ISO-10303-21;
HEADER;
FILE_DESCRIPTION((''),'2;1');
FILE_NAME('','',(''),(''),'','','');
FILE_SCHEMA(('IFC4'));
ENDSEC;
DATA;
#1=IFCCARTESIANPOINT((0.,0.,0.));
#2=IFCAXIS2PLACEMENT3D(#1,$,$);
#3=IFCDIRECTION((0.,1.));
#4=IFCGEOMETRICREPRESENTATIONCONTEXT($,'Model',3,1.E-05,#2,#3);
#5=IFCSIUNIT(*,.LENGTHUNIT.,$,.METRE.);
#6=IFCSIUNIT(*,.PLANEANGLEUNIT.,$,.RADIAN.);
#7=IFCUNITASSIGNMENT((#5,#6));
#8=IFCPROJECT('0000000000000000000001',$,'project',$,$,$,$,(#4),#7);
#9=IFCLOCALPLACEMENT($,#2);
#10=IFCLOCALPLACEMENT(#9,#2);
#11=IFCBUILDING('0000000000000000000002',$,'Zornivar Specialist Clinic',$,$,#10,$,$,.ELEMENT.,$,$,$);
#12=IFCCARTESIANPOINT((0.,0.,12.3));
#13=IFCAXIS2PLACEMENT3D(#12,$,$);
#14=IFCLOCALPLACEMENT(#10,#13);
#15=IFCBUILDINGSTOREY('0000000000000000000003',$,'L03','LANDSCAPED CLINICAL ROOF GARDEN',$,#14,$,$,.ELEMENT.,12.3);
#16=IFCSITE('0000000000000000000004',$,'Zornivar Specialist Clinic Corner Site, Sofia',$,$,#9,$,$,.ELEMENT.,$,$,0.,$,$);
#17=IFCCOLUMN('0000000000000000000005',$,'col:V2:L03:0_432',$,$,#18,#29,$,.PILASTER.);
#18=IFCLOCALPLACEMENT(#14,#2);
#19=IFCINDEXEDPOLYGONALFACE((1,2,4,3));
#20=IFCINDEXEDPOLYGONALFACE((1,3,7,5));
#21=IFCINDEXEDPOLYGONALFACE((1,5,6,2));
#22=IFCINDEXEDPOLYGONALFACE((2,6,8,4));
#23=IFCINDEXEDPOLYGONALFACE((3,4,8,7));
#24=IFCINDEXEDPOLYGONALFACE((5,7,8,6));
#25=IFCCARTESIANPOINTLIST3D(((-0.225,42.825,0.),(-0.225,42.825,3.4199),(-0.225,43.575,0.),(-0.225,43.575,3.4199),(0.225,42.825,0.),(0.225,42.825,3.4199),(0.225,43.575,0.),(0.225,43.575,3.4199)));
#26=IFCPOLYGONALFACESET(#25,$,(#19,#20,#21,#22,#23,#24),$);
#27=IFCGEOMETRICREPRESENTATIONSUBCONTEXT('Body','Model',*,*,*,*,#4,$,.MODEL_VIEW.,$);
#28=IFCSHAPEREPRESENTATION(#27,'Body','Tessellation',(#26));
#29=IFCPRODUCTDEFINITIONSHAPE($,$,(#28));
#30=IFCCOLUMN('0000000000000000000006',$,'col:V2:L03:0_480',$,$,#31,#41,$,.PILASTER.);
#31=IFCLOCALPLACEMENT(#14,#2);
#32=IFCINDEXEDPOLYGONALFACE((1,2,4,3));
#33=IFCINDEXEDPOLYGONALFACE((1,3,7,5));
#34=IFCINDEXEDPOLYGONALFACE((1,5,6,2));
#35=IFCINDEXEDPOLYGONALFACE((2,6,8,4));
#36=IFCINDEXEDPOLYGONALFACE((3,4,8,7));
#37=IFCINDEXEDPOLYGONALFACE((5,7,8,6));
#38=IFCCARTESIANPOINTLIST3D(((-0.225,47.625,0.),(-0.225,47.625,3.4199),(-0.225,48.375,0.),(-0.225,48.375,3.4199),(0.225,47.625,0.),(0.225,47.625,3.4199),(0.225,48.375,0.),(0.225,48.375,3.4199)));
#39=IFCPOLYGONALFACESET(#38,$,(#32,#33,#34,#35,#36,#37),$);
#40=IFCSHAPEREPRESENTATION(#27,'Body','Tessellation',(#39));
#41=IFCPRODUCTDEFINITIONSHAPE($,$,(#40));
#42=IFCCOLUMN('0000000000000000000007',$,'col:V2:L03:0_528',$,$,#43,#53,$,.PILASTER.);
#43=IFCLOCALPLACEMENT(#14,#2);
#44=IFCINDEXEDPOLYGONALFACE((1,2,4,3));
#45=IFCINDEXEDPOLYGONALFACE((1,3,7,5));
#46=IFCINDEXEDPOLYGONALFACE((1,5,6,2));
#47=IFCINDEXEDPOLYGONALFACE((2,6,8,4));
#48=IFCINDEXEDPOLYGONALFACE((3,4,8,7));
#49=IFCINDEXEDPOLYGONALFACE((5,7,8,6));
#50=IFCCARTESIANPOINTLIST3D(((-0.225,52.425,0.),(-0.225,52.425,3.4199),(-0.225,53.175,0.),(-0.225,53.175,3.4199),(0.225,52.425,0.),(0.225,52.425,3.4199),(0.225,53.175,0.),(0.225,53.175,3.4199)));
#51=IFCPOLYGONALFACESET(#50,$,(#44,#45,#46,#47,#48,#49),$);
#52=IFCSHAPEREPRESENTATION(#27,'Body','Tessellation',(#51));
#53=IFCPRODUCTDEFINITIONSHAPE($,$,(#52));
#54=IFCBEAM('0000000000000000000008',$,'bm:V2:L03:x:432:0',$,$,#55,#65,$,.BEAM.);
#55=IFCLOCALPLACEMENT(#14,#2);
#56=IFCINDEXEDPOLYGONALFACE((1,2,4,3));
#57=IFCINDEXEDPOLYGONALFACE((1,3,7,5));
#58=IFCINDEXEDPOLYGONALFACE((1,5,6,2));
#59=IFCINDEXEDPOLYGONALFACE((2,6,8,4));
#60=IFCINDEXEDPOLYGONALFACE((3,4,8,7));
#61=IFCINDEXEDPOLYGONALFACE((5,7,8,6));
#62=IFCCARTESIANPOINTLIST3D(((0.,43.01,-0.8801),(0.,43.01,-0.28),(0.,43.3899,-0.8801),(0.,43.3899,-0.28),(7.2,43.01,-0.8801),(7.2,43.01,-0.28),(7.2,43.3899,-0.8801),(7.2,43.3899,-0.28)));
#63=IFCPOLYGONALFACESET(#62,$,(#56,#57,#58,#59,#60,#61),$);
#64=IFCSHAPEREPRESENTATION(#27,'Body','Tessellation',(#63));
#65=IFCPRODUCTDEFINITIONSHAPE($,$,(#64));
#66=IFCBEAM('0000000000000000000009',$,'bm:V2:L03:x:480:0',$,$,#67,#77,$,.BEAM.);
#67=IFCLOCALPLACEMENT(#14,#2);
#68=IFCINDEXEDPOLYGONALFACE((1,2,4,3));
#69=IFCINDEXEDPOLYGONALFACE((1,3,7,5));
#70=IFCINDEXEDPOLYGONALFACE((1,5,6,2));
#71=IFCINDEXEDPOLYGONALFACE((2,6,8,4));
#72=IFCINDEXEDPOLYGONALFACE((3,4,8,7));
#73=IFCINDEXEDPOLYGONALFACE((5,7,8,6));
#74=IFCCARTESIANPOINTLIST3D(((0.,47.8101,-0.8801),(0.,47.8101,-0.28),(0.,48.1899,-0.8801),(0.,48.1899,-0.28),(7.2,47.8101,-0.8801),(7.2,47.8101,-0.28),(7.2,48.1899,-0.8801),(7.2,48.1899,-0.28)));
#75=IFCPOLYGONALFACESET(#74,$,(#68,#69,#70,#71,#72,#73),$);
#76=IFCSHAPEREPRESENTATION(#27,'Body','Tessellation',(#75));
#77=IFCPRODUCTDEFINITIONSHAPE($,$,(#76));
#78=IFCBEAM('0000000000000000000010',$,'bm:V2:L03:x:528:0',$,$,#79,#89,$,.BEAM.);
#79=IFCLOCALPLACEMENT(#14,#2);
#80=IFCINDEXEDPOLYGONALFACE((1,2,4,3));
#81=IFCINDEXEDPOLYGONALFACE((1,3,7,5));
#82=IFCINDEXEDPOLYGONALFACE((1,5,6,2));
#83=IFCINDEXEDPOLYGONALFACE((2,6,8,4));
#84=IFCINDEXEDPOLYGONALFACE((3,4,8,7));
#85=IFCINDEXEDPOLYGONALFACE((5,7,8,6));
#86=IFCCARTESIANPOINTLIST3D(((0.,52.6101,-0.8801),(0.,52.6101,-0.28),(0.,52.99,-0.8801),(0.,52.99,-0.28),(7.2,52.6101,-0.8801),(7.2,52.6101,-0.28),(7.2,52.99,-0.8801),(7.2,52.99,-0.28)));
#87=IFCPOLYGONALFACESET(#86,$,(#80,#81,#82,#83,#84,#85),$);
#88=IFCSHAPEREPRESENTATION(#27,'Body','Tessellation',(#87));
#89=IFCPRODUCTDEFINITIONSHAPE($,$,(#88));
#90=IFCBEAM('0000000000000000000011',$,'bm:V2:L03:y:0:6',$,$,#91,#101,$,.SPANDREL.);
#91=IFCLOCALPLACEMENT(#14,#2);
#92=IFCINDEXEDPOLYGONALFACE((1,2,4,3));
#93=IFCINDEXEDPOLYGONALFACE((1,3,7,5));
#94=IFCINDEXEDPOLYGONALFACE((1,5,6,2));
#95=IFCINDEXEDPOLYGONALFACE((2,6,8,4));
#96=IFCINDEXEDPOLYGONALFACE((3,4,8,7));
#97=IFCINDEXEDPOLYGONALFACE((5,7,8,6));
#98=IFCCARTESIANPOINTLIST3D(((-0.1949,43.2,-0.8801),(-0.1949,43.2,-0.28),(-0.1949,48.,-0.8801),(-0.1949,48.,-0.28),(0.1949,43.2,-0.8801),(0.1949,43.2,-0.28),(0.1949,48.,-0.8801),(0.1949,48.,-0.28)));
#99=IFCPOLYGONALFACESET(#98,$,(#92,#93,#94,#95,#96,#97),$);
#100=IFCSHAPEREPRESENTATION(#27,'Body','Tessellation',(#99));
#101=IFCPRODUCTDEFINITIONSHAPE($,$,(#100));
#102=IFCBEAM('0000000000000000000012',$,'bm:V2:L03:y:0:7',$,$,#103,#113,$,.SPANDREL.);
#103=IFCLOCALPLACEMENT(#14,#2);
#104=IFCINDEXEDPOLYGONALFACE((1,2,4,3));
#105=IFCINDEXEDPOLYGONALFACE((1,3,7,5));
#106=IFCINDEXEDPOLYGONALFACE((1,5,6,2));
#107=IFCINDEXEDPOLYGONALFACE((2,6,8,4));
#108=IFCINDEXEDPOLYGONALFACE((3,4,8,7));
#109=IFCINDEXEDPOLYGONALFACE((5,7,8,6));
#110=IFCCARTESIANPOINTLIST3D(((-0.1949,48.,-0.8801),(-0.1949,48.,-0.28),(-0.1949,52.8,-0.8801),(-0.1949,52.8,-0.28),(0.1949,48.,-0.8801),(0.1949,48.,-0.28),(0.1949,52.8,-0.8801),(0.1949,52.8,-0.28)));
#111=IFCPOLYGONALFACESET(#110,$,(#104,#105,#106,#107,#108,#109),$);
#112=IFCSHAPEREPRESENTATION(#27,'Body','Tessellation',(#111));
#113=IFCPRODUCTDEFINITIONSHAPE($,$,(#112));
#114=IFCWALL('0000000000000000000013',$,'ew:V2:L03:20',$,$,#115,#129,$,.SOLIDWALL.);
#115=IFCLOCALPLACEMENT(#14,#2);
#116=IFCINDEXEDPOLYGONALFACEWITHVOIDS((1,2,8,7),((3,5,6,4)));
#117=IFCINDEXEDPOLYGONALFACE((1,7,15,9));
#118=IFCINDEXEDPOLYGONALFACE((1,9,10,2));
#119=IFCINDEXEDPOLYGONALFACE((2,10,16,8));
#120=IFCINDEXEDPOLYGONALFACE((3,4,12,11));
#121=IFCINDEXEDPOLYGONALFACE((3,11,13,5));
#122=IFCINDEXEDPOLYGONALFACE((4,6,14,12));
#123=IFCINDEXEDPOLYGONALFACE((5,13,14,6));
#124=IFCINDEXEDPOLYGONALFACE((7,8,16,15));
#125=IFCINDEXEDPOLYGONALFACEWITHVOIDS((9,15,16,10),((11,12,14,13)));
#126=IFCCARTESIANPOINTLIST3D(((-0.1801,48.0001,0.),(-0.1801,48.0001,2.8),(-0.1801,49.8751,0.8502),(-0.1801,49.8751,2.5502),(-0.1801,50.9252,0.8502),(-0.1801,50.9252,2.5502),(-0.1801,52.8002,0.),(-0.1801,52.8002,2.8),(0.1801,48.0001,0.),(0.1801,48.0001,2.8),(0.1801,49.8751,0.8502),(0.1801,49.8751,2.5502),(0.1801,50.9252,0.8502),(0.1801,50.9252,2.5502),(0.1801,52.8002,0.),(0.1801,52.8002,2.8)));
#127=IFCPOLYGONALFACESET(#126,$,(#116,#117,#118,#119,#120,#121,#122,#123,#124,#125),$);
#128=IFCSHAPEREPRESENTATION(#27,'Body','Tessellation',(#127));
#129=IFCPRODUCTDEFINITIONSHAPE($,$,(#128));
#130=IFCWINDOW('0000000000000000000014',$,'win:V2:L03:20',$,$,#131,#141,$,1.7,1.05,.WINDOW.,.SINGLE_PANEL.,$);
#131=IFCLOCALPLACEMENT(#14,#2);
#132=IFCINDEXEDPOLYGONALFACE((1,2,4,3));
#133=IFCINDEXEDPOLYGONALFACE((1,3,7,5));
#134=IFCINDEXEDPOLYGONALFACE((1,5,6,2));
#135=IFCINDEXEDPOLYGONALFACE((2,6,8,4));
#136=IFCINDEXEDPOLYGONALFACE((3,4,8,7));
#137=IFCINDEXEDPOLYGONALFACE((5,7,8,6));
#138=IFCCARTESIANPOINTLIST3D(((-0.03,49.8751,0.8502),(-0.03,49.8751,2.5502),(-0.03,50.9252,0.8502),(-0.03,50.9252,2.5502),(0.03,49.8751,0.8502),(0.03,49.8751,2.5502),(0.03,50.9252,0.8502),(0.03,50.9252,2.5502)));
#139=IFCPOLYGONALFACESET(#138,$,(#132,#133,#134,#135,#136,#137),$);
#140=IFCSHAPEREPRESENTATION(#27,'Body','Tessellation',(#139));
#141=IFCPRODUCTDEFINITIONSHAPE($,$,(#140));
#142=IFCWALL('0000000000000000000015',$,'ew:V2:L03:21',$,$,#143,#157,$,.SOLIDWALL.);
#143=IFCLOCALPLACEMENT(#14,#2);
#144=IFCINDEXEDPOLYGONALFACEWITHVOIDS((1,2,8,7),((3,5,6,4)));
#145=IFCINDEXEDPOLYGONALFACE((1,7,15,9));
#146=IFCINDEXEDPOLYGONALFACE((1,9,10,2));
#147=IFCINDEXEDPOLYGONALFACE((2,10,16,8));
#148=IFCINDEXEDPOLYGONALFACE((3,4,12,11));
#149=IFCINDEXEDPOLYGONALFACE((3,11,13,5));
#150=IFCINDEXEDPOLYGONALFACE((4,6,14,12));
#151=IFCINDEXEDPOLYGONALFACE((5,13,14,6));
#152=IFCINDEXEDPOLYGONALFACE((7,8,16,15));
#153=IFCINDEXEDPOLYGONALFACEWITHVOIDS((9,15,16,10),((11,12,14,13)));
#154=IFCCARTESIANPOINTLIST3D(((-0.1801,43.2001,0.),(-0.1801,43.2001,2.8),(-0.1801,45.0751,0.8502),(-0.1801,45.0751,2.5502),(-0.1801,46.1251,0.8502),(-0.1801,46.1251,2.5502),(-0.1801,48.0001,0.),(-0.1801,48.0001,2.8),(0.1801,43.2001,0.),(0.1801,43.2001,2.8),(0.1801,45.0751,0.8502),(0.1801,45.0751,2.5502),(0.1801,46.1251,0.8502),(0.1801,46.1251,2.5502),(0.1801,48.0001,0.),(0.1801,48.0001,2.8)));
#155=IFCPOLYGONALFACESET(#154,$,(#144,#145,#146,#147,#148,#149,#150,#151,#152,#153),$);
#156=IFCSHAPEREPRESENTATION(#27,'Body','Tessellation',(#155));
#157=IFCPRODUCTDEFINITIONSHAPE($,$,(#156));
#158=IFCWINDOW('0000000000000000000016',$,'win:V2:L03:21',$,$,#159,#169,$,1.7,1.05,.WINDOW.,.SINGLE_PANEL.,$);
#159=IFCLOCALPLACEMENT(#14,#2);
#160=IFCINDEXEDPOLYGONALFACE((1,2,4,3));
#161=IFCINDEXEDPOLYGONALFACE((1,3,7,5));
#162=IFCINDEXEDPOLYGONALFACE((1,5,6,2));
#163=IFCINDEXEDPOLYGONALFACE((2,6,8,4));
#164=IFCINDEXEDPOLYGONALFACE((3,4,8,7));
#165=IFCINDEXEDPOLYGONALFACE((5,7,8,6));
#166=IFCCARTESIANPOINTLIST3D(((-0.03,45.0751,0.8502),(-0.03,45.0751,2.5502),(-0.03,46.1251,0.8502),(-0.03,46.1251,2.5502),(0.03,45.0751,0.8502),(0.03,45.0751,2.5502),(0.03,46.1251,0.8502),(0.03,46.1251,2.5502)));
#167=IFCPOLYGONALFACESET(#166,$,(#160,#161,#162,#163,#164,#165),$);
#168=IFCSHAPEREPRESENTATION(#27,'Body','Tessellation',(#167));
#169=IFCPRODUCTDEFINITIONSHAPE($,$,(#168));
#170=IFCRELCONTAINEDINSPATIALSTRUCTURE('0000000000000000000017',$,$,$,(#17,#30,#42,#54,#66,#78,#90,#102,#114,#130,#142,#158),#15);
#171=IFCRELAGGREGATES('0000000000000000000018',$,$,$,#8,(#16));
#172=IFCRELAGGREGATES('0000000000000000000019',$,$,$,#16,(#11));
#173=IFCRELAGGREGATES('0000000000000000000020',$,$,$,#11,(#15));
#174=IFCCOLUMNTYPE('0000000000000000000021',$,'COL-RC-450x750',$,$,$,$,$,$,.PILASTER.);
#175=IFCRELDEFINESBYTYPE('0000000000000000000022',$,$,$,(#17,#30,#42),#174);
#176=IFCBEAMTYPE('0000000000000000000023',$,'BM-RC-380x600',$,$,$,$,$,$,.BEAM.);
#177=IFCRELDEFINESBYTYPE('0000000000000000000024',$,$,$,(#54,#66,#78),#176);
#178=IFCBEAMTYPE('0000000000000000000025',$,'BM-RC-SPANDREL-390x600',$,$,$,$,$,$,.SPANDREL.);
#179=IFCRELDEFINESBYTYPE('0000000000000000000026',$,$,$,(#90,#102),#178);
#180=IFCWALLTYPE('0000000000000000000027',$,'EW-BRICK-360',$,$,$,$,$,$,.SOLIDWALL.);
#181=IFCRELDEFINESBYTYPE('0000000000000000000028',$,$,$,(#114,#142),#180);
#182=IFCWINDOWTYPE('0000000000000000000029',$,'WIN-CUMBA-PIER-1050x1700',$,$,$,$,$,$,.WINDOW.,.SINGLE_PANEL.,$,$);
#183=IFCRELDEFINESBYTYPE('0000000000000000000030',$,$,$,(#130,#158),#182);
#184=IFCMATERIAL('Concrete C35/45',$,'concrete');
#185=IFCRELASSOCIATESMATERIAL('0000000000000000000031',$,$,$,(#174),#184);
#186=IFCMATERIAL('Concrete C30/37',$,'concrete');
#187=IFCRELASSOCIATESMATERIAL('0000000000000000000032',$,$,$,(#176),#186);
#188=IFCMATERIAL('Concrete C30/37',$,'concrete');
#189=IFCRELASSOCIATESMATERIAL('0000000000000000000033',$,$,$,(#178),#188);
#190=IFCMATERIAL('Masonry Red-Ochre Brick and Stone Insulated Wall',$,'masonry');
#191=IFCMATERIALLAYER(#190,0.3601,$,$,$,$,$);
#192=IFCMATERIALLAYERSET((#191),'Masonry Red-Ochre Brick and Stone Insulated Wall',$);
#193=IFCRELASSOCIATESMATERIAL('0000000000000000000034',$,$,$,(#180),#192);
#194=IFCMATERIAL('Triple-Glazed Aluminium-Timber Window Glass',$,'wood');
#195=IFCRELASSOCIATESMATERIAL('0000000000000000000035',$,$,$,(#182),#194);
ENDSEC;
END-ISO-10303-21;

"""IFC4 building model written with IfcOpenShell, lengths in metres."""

from ifc_helpers import new_model, si_unit, direction, frame, frame_2d, origin, origin_2d, place, context, subcontext, project, spatial, rectangle, extrude, material, layer, layer_set, material_profile, profile_set, type_object, element, fill, save


model = new_model("IFC4")

# Units and contexts
model_context = context("Model", 3, precision=1e-05, world=origin(), true_north=direction((0.0, 1.0)))
body_context = subcontext(model_context, "Body", "Model", "MODEL_VIEW")
ifc_project = project(units=[si_unit("LENGTHUNIT", "METRE"), si_unit("PLANEANGLEUNIT", "RADIAN")], contexts=[model_context])

# Site, building, storey
site_placement = place(None, origin())
site = spatial("IfcSite", under=ifc_project, at=site_placement, Name="Zornivar Specialist Clinic Corner Site, Sofia", CompositionType="ELEMENT", RefElevation=0.0)
building_placement = place(site_placement, origin())
building = spatial("IfcBuilding", under=site, at=building_placement, Name="Zornivar Specialist Clinic", CompositionType="ELEMENT")
storey_placement = place(building_placement, frame((0.0, 0.0, 12.3)))
storey = spatial("IfcBuildingStorey", under=building, at=storey_placement, Name="L03", Description="LANDSCAPED CLINICAL ROOF GARDEN", CompositionType="ELEMENT", Elevation=12.3)

# Columns
ifc_material_1 = material(Name="Concrete C35/45", Category="concrete")
ifc_material_profile_1 = material_profile(ifc_material_1, rectangle(XDim=0.45, YDim=0.75, at=origin_2d()), Name="RC 450x750")
ifc_profile_set_1 = profile_set([ifc_material_profile_1], Name="Concrete C35/45")
column_type = type_object("IfcColumnType", Name="COL-RC-450x750", PredefinedType="PILASTER", material=ifc_profile_set_1)
for number, where, z_axis, x_axis, name in (
    (1, (0.0, 43.2, 0.0), (0.0, 0.0, 1.0), (1.0, 0.0, 0.0), "col:V2:L03:0_432"),
    (2, (0.0, 48.0, 0.0), (0.0, 0.0, 1.0), (1.0, 0.0, 0.0), "col:V2:L03:0_480"),
    (3, (0.0, 52.8, 0.0), (0.0, 0.0, 1.0), (1.0, 0.0, 0.0), "col:V2:L03:0_528"),
):
    element("IfcColumn", number, at=place(storey_placement, frame(where, z_axis=z_axis, x_axis=x_axis)), inside=storey, type_object=column_type, Name=name, PredefinedType="PILASTER", context=body_context, shape_type="SweptSolid", body=[
        extrude(rectangle(XDim=0.45, YDim=0.75, at=origin_2d()), origin(), (0.0, 0.0, 1.0), 3.4199),
    ])

# Beams
ifc_material_2 = material(Name="Concrete C30/37", Category="concrete")
ifc_material_profile_2 = material_profile(ifc_material_2, rectangle(XDim=0.3799, YDim=0.6001, at=origin_2d()), Name="RC 380x600")
ifc_profile_set_2 = profile_set([ifc_material_profile_2], Name="Concrete C30/37")
beam_type_1 = type_object("IfcBeamType", Name="BM-RC-380x600", PredefinedType="BEAM", material=ifc_profile_set_2)
for number, where, z_axis, x_axis, name in (
    (4, (0.0, 43.2, -0.5801), (1.0, 0.0, 0.0), (0.0, 1.0, 0.0), "bm:V2:L03:x:432:0"),
    (5, (0.0, 48.0, -0.5801), (1.0, 0.0, 0.0), (0.0, 1.0, 0.0), "bm:V2:L03:x:480:0"),
    (6, (0.0, 52.8, -0.5801), (1.0, 0.0, 0.0), (0.0, 1.0, 0.0), "bm:V2:L03:x:528:0"),
):
    element("IfcBeam", number, at=place(storey_placement, frame(where, z_axis=z_axis, x_axis=x_axis)), inside=storey, type_object=beam_type_1, Name=name, PredefinedType="BEAM", context=body_context, shape_type="SweptSolid", body=[
        extrude(rectangle(XDim=0.3799, YDim=0.6001, at=origin_2d()), origin(), (0.0, 0.0, 1.0), 7.2),
    ])
ifc_material_3 = material(Name="Concrete C30/37", Category="concrete")
ifc_material_profile_3 = material_profile(ifc_material_3, rectangle(XDim=0.3899, YDim=0.6001, at=origin_2d()), Name="RC 390x600")
ifc_profile_set_3 = profile_set([ifc_material_profile_3], Name="Concrete C30/37")
beam_type_2 = type_object("IfcBeamType", Name="BM-RC-SPANDREL-390x600", PredefinedType="SPANDREL", material=ifc_profile_set_3)
for number, where, z_axis, x_axis, name in (
    (7, (0.0, 43.2, -0.5801), (0.0, 1.0, 0.0), (-1.0, 0.0, 0.0), "bm:V2:L03:y:0:6"),
    (8, (0.0, 48.0, -0.5801), (0.0, 1.0, 0.0), (-1.0, 0.0, 0.0), "bm:V2:L03:y:0:7"),
):
    element("IfcBeam", number, at=place(storey_placement, frame(where, z_axis=z_axis, x_axis=x_axis)), inside=storey, type_object=beam_type_2, Name=name, PredefinedType="SPANDREL", context=body_context, shape_type="SweptSolid", body=[
        extrude(rectangle(XDim=0.3899, YDim=0.6001, at=origin_2d()), origin(), (0.0, 0.0, 1.0), 4.8),
    ])

# Walls, openings, windows
ifc_material_4 = material(Name="Masonry Red-Ochre Brick and Stone Insulated Wall", Category="masonry")
ifc_layer_1 = layer(ifc_material_4, 0.3601)
ifc_layer_set_1 = layer_set([ifc_layer_1], Name="Masonry Red-Ochre Brick and Stone Insulated Wall")
wall_type_1 = type_object("IfcWallType", Name="EW-BRICK-360", PredefinedType="SOLIDWALL", material=ifc_layer_set_1)
wall_1_placement = place(storey_placement, frame((0.0, 52.8, 0.0), z_axis=(0.0, 0.0, 1.0), x_axis=(0.0, -1.0, 0.0)))
wall_1 = element("IfcWall", 9, at=wall_1_placement, inside=storey, type_object=wall_type_1, Name="ew:V2:L03:20", PredefinedType="SOLIDWALL", context=body_context, shape_type="SweptSolid", body=[
    extrude(rectangle(XDim=4.8, YDim=0.3601, at=frame_2d((2.3999, 0.0))), origin(), (0.0, 0.0, 1.0), 2.8),
])
opening_1_placement = place(wall_1_placement, frame((1.875, 0.0, 0.8501)))
opening_1 = element("IfcOpeningElement", 10, at=opening_1_placement, cuts=wall_1, PredefinedType="OPENING", context=body_context, shape_type="SweptSolid", body=[
    extrude(rectangle(XDim=1.05, YDim=1.7, at=frame_2d((0.5249, 0.8501))), frame((0.0, 0.1899, 0.0), z_axis=(0.0, -1.0, 0.0), x_axis=(1.0, 0.0, 0.0)), (0.0, 0.0, 1.0), 0.3801),
])
ifc_material_5 = material(Name="Triple-Glazed Aluminium-Timber Window Glass", Category="wood")
window_type_1 = type_object("IfcWindowType", Name="WIN-CUMBA-PIER-1050x1700", PartitioningType="SINGLE_PANEL", PredefinedType="WINDOW", material=ifc_material_5)
window_1_placement = place(opening_1_placement, origin())
window_1 = element("IfcWindow", 11, at=window_1_placement, inside=storey, type_object=window_type_1, Name="win:V2:L03:20", OverallHeight=1.7, OverallWidth=1.05, PartitioningType="SINGLE_PANEL", PredefinedType="WINDOW", context=body_context, shape_type="SweptSolid", body=[
    extrude(rectangle(XDim=1.05, YDim=1.7, at=frame_2d((0.5249, 0.8501))), frame((0.0, 0.03, 0.0), z_axis=(0.0, -1.0, 0.0), x_axis=(1.0, 0.0, 0.0)), (0.0, 0.0, 1.0), 0.0601),
])
fill(opening_1, window_1)
wall_2_placement = place(storey_placement, frame((0.0, 48.0, 0.0), z_axis=(0.0, 0.0, 1.0), x_axis=(0.0, -1.0, 0.0)))
wall_2 = element("IfcWall", 12, at=wall_2_placement, inside=storey, type_object=wall_type_1, Name="ew:V2:L03:21", PredefinedType="SOLIDWALL", context=body_context, shape_type="SweptSolid", body=[
    extrude(rectangle(XDim=4.8, YDim=0.3601, at=frame_2d((2.3999, 0.0))), origin(), (0.0, 0.0, 1.0), 2.8),
])
opening_2_placement = place(wall_2_placement, frame((1.875, 0.0, 0.8501)))
opening_2 = element("IfcOpeningElement", 13, at=opening_2_placement, cuts=wall_2, PredefinedType="OPENING", context=body_context, shape_type="SweptSolid", body=[
    extrude(rectangle(XDim=1.05, YDim=1.7, at=frame_2d((0.5249, 0.8501))), frame((0.0, 0.1899, 0.0), z_axis=(0.0, -1.0, 0.0), x_axis=(1.0, 0.0, 0.0)), (0.0, 0.0, 1.0), 0.3801),
])
window_2_placement = place(opening_2_placement, origin())
window_2 = element("IfcWindow", 14, at=window_2_placement, inside=storey, type_object=window_type_1, Name="win:V2:L03:21", OverallHeight=1.7, OverallWidth=1.05, PartitioningType="SINGLE_PANEL", PredefinedType="WINDOW", context=body_context, shape_type="SweptSolid", body=[
    extrude(rectangle(XDim=1.05, YDim=1.7, at=frame_2d((0.5249, 0.8501))), frame((0.0, 0.03, 0.0), z_axis=(0.0, -1.0, 0.0), x_axis=(1.0, 0.0, 0.0)), (0.0, 0.0, 1.0), 0.0601),
])
fill(opening_2, window_2)

save(model, "model.ifc")
